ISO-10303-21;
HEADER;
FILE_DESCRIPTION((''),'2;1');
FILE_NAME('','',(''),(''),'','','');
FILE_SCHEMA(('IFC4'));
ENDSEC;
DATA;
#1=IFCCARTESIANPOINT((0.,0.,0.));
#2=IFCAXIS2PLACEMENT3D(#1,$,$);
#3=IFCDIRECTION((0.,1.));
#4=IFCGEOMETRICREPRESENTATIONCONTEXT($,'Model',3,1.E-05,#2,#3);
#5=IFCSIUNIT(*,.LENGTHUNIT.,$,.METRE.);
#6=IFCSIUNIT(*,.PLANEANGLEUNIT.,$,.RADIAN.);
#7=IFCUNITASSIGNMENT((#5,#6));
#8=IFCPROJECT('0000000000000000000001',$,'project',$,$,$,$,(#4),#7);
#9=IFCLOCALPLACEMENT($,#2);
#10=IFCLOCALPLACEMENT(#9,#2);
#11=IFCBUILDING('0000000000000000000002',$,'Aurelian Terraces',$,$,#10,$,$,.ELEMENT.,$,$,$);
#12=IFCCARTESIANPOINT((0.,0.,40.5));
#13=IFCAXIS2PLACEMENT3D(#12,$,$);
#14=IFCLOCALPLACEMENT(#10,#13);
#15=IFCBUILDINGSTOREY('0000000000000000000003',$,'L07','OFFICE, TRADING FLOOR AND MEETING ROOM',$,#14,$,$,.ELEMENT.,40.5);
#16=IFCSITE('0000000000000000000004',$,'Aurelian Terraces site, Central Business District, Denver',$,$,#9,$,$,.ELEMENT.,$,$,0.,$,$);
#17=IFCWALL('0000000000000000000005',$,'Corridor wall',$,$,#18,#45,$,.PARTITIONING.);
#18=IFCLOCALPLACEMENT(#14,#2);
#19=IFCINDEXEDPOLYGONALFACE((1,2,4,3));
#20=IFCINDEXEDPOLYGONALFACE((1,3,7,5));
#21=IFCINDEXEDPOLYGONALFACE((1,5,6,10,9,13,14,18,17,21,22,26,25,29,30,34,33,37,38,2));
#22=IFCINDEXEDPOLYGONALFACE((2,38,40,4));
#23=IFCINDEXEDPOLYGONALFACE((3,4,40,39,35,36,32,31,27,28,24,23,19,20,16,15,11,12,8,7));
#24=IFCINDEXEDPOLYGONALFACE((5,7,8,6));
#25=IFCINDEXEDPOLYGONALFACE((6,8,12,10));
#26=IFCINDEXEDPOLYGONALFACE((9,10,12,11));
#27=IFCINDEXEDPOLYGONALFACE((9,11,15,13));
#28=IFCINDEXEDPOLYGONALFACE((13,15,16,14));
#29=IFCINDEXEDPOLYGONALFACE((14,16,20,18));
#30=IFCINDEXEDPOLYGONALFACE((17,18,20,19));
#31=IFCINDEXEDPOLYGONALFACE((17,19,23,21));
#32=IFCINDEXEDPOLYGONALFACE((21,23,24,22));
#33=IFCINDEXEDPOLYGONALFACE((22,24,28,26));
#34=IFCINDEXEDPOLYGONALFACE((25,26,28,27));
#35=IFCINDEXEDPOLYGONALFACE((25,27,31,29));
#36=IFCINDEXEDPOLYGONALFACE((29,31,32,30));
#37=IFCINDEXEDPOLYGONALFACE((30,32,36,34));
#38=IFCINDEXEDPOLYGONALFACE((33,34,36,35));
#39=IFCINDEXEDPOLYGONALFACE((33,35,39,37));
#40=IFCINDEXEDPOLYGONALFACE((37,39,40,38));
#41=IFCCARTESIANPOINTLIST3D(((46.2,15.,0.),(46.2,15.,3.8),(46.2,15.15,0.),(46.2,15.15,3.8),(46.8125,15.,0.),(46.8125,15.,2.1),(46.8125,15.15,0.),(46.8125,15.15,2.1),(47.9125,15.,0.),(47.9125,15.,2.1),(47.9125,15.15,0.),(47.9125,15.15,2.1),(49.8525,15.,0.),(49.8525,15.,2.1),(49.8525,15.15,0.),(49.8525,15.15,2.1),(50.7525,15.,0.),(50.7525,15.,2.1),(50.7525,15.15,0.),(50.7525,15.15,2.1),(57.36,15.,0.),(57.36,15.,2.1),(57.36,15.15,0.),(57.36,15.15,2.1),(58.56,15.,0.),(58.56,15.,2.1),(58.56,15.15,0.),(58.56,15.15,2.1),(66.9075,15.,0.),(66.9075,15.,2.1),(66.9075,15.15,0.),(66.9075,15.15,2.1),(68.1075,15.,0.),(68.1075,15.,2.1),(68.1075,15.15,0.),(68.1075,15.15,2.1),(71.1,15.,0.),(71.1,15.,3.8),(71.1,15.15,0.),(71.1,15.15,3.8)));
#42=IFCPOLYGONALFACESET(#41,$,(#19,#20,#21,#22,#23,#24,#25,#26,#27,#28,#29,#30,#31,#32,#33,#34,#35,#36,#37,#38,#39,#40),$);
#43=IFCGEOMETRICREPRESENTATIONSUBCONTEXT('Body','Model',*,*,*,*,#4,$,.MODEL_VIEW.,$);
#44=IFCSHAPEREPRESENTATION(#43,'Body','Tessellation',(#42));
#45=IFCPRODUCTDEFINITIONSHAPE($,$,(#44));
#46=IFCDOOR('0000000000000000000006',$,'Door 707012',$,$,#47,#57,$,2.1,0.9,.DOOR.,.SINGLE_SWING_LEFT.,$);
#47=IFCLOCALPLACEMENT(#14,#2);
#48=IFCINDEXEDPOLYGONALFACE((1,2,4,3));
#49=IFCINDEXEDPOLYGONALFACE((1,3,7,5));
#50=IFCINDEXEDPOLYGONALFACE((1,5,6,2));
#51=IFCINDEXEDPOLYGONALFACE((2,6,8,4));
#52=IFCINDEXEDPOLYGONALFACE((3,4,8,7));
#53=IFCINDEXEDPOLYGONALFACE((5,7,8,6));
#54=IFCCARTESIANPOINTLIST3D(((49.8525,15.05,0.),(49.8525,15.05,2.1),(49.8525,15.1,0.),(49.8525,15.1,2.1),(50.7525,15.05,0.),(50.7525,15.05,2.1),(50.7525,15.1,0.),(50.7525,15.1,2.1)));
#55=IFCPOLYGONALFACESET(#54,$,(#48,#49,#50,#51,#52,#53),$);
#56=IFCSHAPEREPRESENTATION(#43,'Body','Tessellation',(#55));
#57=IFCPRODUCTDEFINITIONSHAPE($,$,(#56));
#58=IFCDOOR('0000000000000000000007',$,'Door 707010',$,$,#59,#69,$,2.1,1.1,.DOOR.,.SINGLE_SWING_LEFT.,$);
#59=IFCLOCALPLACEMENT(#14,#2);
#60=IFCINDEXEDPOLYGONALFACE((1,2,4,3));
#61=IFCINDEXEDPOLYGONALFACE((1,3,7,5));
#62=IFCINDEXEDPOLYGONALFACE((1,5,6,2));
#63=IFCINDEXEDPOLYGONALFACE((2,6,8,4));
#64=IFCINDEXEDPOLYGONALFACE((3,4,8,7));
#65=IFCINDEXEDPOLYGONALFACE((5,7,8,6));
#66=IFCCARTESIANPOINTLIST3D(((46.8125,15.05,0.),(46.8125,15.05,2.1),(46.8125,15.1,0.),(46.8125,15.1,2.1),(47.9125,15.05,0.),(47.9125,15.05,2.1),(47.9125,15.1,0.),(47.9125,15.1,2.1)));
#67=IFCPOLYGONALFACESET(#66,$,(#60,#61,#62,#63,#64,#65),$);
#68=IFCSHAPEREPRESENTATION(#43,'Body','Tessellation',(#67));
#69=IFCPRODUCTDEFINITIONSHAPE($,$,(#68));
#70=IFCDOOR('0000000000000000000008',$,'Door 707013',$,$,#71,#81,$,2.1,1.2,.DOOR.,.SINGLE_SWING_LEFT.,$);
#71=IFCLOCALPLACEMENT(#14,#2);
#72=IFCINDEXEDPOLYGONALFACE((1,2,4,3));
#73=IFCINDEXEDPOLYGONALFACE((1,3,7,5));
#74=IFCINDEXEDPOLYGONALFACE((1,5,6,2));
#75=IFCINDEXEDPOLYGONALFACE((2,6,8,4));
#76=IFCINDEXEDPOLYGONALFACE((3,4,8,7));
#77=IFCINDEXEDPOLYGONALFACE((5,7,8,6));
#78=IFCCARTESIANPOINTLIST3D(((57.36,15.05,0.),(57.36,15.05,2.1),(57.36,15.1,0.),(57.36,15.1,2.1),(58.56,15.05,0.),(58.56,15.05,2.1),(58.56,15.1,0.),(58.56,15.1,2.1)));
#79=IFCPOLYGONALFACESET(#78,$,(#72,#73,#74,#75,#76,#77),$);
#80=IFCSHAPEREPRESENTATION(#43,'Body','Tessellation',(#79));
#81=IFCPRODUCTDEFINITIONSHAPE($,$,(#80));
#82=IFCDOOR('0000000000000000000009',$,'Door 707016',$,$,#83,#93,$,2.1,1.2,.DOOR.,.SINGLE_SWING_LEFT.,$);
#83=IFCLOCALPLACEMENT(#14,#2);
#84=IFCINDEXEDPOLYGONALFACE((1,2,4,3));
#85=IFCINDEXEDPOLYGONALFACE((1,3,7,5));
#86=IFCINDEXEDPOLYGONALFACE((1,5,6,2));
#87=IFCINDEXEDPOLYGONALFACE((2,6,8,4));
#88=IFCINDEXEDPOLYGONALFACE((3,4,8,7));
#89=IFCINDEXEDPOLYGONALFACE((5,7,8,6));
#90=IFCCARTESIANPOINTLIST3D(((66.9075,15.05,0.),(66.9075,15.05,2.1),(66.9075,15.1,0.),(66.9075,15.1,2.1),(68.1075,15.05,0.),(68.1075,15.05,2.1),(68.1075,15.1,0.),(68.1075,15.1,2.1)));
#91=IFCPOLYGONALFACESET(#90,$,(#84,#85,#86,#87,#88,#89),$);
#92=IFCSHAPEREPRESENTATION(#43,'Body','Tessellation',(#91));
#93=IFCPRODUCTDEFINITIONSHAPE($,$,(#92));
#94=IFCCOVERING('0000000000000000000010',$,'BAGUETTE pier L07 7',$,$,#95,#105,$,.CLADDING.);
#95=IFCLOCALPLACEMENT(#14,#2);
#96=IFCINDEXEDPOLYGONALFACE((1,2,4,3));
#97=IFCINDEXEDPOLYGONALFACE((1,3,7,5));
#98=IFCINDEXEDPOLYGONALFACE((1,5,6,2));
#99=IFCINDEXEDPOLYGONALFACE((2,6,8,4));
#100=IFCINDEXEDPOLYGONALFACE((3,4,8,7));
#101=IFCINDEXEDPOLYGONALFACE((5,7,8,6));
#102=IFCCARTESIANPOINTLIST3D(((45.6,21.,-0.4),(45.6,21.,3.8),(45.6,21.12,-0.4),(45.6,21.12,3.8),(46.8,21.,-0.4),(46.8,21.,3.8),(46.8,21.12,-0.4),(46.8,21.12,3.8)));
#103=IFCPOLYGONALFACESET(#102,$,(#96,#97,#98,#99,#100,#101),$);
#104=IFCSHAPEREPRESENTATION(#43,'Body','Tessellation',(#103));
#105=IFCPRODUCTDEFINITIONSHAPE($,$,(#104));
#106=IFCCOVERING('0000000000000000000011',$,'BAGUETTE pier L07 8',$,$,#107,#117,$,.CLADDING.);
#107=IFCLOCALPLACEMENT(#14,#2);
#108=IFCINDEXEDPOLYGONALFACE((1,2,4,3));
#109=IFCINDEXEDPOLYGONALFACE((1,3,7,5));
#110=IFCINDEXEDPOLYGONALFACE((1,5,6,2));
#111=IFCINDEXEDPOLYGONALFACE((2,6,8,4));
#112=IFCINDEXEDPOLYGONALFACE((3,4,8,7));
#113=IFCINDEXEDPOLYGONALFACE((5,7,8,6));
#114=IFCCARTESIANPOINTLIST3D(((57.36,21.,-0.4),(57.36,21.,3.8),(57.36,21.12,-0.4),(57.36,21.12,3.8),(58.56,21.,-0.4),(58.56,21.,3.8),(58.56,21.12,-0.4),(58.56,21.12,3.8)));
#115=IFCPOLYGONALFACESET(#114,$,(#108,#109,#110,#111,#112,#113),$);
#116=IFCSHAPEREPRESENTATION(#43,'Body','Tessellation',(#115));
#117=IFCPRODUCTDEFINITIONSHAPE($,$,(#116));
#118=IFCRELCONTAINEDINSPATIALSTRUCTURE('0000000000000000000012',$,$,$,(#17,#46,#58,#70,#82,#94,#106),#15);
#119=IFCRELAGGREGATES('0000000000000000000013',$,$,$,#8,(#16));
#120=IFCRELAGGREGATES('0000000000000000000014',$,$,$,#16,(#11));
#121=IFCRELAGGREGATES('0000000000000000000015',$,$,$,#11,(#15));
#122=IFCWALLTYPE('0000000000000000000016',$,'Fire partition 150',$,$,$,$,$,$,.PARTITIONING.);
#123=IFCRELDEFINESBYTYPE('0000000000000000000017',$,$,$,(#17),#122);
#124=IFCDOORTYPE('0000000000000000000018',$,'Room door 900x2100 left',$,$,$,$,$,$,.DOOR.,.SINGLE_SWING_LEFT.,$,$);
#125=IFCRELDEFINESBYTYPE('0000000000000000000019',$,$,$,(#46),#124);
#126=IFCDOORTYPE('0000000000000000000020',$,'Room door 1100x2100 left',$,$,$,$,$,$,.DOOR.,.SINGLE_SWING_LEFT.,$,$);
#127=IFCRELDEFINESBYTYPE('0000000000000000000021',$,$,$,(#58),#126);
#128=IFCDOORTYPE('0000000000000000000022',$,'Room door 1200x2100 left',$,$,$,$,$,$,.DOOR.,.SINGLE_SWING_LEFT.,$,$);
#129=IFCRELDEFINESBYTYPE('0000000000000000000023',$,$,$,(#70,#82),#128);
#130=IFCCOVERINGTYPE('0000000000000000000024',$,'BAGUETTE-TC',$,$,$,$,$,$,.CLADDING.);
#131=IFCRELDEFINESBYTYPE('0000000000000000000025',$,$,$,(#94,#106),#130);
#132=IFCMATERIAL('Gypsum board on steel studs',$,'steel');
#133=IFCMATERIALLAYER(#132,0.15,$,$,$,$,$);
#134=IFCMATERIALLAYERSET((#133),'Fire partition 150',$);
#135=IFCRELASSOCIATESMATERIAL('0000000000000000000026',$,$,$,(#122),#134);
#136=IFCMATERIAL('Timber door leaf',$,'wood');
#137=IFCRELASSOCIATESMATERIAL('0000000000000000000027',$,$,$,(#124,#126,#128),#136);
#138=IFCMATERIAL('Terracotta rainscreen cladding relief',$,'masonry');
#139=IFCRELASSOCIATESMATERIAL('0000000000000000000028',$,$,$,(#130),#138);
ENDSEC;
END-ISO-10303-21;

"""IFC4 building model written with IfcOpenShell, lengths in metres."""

from ifc_helpers import new_model, si_unit, direction, frame, frame_2d, origin, origin_2d, place, context, subcontext, project, spatial, rectangle, extrude, source, transform, mapped, material, layer, layer_set, type_object, element, fill, save


model = new_model("IFC4")

# Units and contexts
model_context = context("Model", 3, precision=1e-05, world=origin(), true_north=direction((0.0, 1.0)))
body_context = subcontext(model_context, "Body", "Model", "MODEL_VIEW")
ifc_project = project(units=[si_unit("LENGTHUNIT", "METRE"), si_unit("PLANEANGLEUNIT", "RADIAN")], contexts=[model_context])

# Site, building, storey
site_placement = place(None, origin())
site = spatial("IfcSite", under=ifc_project, at=site_placement, Name="Aurelian Terraces site, Central Business District, Denver", CompositionType="ELEMENT", RefElevation=0.0)
building_placement = place(site_placement, origin())
building = spatial("IfcBuilding", under=site, at=building_placement, Name="Aurelian Terraces", CompositionType="ELEMENT")
storey_placement = place(building_placement, frame((0.0, 0.0, 40.5)))
storey = spatial("IfcBuildingStorey", under=building, at=storey_placement, Name="L07", Description="OFFICE, TRADING FLOOR AND MEETING ROOM", CompositionType="ELEMENT", Elevation=40.5)

# Shared definitions
ifc_material_1 = material(Name="Gypsum board on steel studs", Category="steel")

# Wall, openings, doors
ifc_layer_1 = layer(ifc_material_1, 0.15)
ifc_layer_set_1 = layer_set([ifc_layer_1], Name="Fire partition 150")
wall_type_1 = type_object("IfcWallType", Name="Fire partition 150", PredefinedType="PARTITIONING", material=ifc_layer_set_1)
shared_shape_1 = source(origin(), body_context, "Body", "SweptSolid", [
    extrude(rectangle(XDim=24.9, YDim=0.15, at=frame_2d((12.45, 0.0))), origin(), (0.0, 0.0, 1.0), 3.8),
])
wall_1_placement = place(storey_placement, frame((71.1, 15.075, 0.0), z_axis=(0.0, 0.0, 1.0), x_axis=(-1.0, 0.0, 0.0)))
wall_1 = element("IfcWall", 1, at=wall_1_placement, inside=storey, type_object=wall_type_1, Name="Corridor wall", PredefinedType="PARTITIONING", context=body_context, shape_type="MappedRepresentation", body=[
    mapped(shared_shape_1, transform((0.0, 0.0, 0.0), scale=1.0)),
])
opening_1_placement = place(wall_1_placement, frame((23.1875, 0.0, 0.0)))
opening_1 = element("IfcOpeningElement", 2, at=opening_1_placement, cuts=wall_1, PredefinedType="OPENING", context=body_context, shape_type="SweptSolid", body=[
    extrude(rectangle(XDim=1.1, YDim=2.1, at=frame_2d((0.55, 1.05))), frame((0.0, 0.085, 0.0), z_axis=(0.0, -1.0, 0.0), x_axis=(1.0, 0.0, 0.0)), (0.0, 0.0, 1.0), 0.17),
])
shared_shape_2 = source(origin(), body_context, "Body", "SweptSolid", [
    extrude(rectangle(XDim=0.9, YDim=2.1, at=frame_2d((0.45, 1.05))), frame((0.0, 0.085, 0.0), z_axis=(0.0, -1.0, 0.0), x_axis=(1.0, 0.0, 0.0)), (0.0, 0.0, 1.0), 0.17),
])
opening_2_placement = place(wall_1_placement, frame((20.3475, 0.0, 0.0)))
opening_2 = element("IfcOpeningElement", 3, at=opening_2_placement, cuts=wall_1, PredefinedType="OPENING", context=body_context, shape_type="MappedRepresentation", body=[
    mapped(shared_shape_2, transform((0.0, 0.0, 0.0), scale=1.0)),
])
shared_shape_3 = source(origin(), body_context, "Body", "SweptSolid", [
    extrude(rectangle(XDim=1.2, YDim=2.1, at=frame_2d((0.6, 1.05))), frame((0.0, 0.085, 0.0), z_axis=(0.0, -1.0, 0.0), x_axis=(1.0, 0.0, 0.0)), (0.0, 0.0, 1.0), 0.17),
])
opening_3_placement = place(wall_1_placement, frame((12.54, 0.0, 0.0)))
opening_3 = element("IfcOpeningElement", 4, at=opening_3_placement, cuts=wall_1, PredefinedType="OPENING", context=body_context, shape_type="MappedRepresentation", body=[
    mapped(shared_shape_3, transform((0.0, 0.0, 0.0), scale=1.0)),
])
opening_4_placement = place(wall_1_placement, frame((2.9925, 0.0, 0.0)))
opening_4 = element("IfcOpeningElement", 5, at=opening_4_placement, cuts=wall_1, PredefinedType="OPENING", context=body_context, shape_type="MappedRepresentation", body=[
    mapped(shared_shape_3, transform((0.0, 0.0, 0.0), scale=1.0)),
])
ifc_material_2 = material(Name="Timber door leaf", Category="wood")
door_type_1 = type_object("IfcDoorType", Name="Room door 900x2100 left", OperationType="SINGLE_SWING_LEFT", PredefinedType="DOOR", material=ifc_material_2)
shared_shape_4 = source(origin(), body_context, "Body", "SweptSolid", [
    extrude(rectangle(XDim=0.9, YDim=2.1, at=frame_2d((0.45, 1.05))), frame((0.0, 0.025, 0.0), z_axis=(0.0, -1.0, 0.0), x_axis=(1.0, 0.0, 0.0)), (0.0, 0.0, 1.0), 0.05),
])
door_1_placement = place(opening_2_placement, origin())
door_1 = element("IfcDoor", 6, at=door_1_placement, inside=storey, type_object=door_type_1, Name="Door 707012", OperationType="SINGLE_SWING_LEFT", OverallHeight=2.1, OverallWidth=0.9, PredefinedType="DOOR", context=body_context, shape_type="MappedRepresentation", body=[
    mapped(shared_shape_4, transform((0.0, 0.0, 0.0), scale=1.0)),
])
fill(opening_2, door_1)
door_type_2 = type_object("IfcDoorType", Name="Room door 1100x2100 left", OperationType="SINGLE_SWING_LEFT", PredefinedType="DOOR", material=ifc_material_2)
shared_shape_5 = source(origin(), body_context, "Body", "SweptSolid", [
    extrude(rectangle(XDim=1.1, YDim=2.1, at=frame_2d((0.55, 1.05))), frame((0.0, 0.025, 0.0), z_axis=(0.0, -1.0, 0.0), x_axis=(1.0, 0.0, 0.0)), (0.0, 0.0, 1.0), 0.05),
])
door_2_placement = place(opening_1_placement, origin())
door_2 = element("IfcDoor", 7, at=door_2_placement, inside=storey, type_object=door_type_2, Name="Door 707010", OperationType="SINGLE_SWING_LEFT", OverallHeight=2.1, OverallWidth=1.1, PredefinedType="DOOR", context=body_context, shape_type="MappedRepresentation", body=[
    mapped(shared_shape_5, transform((0.0, 0.0, 0.0), scale=1.0)),
])
fill(opening_1, door_2)
door_type_3 = type_object("IfcDoorType", Name="Room door 1200x2100 left", OperationType="SINGLE_SWING_LEFT", PredefinedType="DOOR", material=ifc_material_2)
shared_shape_6 = source(origin(), body_context, "Body", "SweptSolid", [
    extrude(rectangle(XDim=1.2, YDim=2.1, at=frame_2d((0.6, 1.05))), frame((0.0, 0.025, 0.0), z_axis=(0.0, -1.0, 0.0), x_axis=(1.0, 0.0, 0.0)), (0.0, 0.0, 1.0), 0.05),
])
door_3_placement = place(opening_3_placement, origin())
door_3 = element("IfcDoor", 8, at=door_3_placement, inside=storey, type_object=door_type_3, Name="Door 707013", OperationType="SINGLE_SWING_LEFT", OverallHeight=2.1, OverallWidth=1.2, PredefinedType="DOOR", context=body_context, shape_type="MappedRepresentation", body=[
    mapped(shared_shape_6, transform((0.0, 0.0, 0.0), scale=1.0)),
])
fill(opening_3, door_3)
door_4_placement = place(opening_4_placement, origin())
door_4 = element("IfcDoor", 9, at=door_4_placement, inside=storey, type_object=door_type_3, Name="Door 707016", OperationType="SINGLE_SWING_LEFT", OverallHeight=2.1, OverallWidth=1.2, PredefinedType="DOOR", context=body_context, shape_type="MappedRepresentation", body=[
    mapped(shared_shape_6, transform((0.0, 0.0, 0.0), scale=1.0)),
])
fill(opening_4, door_4)

# Coverings
ifc_material_3 = material(Name="Terracotta rainscreen cladding relief", Category="masonry")
covering_type = type_object("IfcCoveringType", Name="BAGUETTE-TC", PredefinedType="CLADDING", material=ifc_material_3)
shared_shape_7 = source(origin(), body_context, "Body", "SweptSolid", [
    extrude(rectangle(XDim=1.2, YDim=0.12, at=origin_2d()), origin(), (0.0, 0.0, 1.0), 4.2),
])
for number, where, z_axis, x_axis, name in (
    (10, (46.2, 21.06, -0.4), (0.0, 0.0, 1.0), (1.0, 0.0, 0.0), "BAGUETTE pier L07 7"),
    (11, (57.96, 21.06, -0.4), (0.0, 0.0, 1.0), (1.0, 0.0, 0.0), "BAGUETTE pier L07 8"),
):
    element("IfcCovering", number, at=place(storey_placement, frame(where, z_axis=z_axis, x_axis=x_axis)), inside=storey, type_object=covering_type, Name=name, PredefinedType="CLADDING", context=body_context, shape_type="MappedRepresentation", body=[
        mapped(shared_shape_7, transform((0.0, 0.0, 0.0), scale=1.0)),
    ])

save(model, "model.ifc")
